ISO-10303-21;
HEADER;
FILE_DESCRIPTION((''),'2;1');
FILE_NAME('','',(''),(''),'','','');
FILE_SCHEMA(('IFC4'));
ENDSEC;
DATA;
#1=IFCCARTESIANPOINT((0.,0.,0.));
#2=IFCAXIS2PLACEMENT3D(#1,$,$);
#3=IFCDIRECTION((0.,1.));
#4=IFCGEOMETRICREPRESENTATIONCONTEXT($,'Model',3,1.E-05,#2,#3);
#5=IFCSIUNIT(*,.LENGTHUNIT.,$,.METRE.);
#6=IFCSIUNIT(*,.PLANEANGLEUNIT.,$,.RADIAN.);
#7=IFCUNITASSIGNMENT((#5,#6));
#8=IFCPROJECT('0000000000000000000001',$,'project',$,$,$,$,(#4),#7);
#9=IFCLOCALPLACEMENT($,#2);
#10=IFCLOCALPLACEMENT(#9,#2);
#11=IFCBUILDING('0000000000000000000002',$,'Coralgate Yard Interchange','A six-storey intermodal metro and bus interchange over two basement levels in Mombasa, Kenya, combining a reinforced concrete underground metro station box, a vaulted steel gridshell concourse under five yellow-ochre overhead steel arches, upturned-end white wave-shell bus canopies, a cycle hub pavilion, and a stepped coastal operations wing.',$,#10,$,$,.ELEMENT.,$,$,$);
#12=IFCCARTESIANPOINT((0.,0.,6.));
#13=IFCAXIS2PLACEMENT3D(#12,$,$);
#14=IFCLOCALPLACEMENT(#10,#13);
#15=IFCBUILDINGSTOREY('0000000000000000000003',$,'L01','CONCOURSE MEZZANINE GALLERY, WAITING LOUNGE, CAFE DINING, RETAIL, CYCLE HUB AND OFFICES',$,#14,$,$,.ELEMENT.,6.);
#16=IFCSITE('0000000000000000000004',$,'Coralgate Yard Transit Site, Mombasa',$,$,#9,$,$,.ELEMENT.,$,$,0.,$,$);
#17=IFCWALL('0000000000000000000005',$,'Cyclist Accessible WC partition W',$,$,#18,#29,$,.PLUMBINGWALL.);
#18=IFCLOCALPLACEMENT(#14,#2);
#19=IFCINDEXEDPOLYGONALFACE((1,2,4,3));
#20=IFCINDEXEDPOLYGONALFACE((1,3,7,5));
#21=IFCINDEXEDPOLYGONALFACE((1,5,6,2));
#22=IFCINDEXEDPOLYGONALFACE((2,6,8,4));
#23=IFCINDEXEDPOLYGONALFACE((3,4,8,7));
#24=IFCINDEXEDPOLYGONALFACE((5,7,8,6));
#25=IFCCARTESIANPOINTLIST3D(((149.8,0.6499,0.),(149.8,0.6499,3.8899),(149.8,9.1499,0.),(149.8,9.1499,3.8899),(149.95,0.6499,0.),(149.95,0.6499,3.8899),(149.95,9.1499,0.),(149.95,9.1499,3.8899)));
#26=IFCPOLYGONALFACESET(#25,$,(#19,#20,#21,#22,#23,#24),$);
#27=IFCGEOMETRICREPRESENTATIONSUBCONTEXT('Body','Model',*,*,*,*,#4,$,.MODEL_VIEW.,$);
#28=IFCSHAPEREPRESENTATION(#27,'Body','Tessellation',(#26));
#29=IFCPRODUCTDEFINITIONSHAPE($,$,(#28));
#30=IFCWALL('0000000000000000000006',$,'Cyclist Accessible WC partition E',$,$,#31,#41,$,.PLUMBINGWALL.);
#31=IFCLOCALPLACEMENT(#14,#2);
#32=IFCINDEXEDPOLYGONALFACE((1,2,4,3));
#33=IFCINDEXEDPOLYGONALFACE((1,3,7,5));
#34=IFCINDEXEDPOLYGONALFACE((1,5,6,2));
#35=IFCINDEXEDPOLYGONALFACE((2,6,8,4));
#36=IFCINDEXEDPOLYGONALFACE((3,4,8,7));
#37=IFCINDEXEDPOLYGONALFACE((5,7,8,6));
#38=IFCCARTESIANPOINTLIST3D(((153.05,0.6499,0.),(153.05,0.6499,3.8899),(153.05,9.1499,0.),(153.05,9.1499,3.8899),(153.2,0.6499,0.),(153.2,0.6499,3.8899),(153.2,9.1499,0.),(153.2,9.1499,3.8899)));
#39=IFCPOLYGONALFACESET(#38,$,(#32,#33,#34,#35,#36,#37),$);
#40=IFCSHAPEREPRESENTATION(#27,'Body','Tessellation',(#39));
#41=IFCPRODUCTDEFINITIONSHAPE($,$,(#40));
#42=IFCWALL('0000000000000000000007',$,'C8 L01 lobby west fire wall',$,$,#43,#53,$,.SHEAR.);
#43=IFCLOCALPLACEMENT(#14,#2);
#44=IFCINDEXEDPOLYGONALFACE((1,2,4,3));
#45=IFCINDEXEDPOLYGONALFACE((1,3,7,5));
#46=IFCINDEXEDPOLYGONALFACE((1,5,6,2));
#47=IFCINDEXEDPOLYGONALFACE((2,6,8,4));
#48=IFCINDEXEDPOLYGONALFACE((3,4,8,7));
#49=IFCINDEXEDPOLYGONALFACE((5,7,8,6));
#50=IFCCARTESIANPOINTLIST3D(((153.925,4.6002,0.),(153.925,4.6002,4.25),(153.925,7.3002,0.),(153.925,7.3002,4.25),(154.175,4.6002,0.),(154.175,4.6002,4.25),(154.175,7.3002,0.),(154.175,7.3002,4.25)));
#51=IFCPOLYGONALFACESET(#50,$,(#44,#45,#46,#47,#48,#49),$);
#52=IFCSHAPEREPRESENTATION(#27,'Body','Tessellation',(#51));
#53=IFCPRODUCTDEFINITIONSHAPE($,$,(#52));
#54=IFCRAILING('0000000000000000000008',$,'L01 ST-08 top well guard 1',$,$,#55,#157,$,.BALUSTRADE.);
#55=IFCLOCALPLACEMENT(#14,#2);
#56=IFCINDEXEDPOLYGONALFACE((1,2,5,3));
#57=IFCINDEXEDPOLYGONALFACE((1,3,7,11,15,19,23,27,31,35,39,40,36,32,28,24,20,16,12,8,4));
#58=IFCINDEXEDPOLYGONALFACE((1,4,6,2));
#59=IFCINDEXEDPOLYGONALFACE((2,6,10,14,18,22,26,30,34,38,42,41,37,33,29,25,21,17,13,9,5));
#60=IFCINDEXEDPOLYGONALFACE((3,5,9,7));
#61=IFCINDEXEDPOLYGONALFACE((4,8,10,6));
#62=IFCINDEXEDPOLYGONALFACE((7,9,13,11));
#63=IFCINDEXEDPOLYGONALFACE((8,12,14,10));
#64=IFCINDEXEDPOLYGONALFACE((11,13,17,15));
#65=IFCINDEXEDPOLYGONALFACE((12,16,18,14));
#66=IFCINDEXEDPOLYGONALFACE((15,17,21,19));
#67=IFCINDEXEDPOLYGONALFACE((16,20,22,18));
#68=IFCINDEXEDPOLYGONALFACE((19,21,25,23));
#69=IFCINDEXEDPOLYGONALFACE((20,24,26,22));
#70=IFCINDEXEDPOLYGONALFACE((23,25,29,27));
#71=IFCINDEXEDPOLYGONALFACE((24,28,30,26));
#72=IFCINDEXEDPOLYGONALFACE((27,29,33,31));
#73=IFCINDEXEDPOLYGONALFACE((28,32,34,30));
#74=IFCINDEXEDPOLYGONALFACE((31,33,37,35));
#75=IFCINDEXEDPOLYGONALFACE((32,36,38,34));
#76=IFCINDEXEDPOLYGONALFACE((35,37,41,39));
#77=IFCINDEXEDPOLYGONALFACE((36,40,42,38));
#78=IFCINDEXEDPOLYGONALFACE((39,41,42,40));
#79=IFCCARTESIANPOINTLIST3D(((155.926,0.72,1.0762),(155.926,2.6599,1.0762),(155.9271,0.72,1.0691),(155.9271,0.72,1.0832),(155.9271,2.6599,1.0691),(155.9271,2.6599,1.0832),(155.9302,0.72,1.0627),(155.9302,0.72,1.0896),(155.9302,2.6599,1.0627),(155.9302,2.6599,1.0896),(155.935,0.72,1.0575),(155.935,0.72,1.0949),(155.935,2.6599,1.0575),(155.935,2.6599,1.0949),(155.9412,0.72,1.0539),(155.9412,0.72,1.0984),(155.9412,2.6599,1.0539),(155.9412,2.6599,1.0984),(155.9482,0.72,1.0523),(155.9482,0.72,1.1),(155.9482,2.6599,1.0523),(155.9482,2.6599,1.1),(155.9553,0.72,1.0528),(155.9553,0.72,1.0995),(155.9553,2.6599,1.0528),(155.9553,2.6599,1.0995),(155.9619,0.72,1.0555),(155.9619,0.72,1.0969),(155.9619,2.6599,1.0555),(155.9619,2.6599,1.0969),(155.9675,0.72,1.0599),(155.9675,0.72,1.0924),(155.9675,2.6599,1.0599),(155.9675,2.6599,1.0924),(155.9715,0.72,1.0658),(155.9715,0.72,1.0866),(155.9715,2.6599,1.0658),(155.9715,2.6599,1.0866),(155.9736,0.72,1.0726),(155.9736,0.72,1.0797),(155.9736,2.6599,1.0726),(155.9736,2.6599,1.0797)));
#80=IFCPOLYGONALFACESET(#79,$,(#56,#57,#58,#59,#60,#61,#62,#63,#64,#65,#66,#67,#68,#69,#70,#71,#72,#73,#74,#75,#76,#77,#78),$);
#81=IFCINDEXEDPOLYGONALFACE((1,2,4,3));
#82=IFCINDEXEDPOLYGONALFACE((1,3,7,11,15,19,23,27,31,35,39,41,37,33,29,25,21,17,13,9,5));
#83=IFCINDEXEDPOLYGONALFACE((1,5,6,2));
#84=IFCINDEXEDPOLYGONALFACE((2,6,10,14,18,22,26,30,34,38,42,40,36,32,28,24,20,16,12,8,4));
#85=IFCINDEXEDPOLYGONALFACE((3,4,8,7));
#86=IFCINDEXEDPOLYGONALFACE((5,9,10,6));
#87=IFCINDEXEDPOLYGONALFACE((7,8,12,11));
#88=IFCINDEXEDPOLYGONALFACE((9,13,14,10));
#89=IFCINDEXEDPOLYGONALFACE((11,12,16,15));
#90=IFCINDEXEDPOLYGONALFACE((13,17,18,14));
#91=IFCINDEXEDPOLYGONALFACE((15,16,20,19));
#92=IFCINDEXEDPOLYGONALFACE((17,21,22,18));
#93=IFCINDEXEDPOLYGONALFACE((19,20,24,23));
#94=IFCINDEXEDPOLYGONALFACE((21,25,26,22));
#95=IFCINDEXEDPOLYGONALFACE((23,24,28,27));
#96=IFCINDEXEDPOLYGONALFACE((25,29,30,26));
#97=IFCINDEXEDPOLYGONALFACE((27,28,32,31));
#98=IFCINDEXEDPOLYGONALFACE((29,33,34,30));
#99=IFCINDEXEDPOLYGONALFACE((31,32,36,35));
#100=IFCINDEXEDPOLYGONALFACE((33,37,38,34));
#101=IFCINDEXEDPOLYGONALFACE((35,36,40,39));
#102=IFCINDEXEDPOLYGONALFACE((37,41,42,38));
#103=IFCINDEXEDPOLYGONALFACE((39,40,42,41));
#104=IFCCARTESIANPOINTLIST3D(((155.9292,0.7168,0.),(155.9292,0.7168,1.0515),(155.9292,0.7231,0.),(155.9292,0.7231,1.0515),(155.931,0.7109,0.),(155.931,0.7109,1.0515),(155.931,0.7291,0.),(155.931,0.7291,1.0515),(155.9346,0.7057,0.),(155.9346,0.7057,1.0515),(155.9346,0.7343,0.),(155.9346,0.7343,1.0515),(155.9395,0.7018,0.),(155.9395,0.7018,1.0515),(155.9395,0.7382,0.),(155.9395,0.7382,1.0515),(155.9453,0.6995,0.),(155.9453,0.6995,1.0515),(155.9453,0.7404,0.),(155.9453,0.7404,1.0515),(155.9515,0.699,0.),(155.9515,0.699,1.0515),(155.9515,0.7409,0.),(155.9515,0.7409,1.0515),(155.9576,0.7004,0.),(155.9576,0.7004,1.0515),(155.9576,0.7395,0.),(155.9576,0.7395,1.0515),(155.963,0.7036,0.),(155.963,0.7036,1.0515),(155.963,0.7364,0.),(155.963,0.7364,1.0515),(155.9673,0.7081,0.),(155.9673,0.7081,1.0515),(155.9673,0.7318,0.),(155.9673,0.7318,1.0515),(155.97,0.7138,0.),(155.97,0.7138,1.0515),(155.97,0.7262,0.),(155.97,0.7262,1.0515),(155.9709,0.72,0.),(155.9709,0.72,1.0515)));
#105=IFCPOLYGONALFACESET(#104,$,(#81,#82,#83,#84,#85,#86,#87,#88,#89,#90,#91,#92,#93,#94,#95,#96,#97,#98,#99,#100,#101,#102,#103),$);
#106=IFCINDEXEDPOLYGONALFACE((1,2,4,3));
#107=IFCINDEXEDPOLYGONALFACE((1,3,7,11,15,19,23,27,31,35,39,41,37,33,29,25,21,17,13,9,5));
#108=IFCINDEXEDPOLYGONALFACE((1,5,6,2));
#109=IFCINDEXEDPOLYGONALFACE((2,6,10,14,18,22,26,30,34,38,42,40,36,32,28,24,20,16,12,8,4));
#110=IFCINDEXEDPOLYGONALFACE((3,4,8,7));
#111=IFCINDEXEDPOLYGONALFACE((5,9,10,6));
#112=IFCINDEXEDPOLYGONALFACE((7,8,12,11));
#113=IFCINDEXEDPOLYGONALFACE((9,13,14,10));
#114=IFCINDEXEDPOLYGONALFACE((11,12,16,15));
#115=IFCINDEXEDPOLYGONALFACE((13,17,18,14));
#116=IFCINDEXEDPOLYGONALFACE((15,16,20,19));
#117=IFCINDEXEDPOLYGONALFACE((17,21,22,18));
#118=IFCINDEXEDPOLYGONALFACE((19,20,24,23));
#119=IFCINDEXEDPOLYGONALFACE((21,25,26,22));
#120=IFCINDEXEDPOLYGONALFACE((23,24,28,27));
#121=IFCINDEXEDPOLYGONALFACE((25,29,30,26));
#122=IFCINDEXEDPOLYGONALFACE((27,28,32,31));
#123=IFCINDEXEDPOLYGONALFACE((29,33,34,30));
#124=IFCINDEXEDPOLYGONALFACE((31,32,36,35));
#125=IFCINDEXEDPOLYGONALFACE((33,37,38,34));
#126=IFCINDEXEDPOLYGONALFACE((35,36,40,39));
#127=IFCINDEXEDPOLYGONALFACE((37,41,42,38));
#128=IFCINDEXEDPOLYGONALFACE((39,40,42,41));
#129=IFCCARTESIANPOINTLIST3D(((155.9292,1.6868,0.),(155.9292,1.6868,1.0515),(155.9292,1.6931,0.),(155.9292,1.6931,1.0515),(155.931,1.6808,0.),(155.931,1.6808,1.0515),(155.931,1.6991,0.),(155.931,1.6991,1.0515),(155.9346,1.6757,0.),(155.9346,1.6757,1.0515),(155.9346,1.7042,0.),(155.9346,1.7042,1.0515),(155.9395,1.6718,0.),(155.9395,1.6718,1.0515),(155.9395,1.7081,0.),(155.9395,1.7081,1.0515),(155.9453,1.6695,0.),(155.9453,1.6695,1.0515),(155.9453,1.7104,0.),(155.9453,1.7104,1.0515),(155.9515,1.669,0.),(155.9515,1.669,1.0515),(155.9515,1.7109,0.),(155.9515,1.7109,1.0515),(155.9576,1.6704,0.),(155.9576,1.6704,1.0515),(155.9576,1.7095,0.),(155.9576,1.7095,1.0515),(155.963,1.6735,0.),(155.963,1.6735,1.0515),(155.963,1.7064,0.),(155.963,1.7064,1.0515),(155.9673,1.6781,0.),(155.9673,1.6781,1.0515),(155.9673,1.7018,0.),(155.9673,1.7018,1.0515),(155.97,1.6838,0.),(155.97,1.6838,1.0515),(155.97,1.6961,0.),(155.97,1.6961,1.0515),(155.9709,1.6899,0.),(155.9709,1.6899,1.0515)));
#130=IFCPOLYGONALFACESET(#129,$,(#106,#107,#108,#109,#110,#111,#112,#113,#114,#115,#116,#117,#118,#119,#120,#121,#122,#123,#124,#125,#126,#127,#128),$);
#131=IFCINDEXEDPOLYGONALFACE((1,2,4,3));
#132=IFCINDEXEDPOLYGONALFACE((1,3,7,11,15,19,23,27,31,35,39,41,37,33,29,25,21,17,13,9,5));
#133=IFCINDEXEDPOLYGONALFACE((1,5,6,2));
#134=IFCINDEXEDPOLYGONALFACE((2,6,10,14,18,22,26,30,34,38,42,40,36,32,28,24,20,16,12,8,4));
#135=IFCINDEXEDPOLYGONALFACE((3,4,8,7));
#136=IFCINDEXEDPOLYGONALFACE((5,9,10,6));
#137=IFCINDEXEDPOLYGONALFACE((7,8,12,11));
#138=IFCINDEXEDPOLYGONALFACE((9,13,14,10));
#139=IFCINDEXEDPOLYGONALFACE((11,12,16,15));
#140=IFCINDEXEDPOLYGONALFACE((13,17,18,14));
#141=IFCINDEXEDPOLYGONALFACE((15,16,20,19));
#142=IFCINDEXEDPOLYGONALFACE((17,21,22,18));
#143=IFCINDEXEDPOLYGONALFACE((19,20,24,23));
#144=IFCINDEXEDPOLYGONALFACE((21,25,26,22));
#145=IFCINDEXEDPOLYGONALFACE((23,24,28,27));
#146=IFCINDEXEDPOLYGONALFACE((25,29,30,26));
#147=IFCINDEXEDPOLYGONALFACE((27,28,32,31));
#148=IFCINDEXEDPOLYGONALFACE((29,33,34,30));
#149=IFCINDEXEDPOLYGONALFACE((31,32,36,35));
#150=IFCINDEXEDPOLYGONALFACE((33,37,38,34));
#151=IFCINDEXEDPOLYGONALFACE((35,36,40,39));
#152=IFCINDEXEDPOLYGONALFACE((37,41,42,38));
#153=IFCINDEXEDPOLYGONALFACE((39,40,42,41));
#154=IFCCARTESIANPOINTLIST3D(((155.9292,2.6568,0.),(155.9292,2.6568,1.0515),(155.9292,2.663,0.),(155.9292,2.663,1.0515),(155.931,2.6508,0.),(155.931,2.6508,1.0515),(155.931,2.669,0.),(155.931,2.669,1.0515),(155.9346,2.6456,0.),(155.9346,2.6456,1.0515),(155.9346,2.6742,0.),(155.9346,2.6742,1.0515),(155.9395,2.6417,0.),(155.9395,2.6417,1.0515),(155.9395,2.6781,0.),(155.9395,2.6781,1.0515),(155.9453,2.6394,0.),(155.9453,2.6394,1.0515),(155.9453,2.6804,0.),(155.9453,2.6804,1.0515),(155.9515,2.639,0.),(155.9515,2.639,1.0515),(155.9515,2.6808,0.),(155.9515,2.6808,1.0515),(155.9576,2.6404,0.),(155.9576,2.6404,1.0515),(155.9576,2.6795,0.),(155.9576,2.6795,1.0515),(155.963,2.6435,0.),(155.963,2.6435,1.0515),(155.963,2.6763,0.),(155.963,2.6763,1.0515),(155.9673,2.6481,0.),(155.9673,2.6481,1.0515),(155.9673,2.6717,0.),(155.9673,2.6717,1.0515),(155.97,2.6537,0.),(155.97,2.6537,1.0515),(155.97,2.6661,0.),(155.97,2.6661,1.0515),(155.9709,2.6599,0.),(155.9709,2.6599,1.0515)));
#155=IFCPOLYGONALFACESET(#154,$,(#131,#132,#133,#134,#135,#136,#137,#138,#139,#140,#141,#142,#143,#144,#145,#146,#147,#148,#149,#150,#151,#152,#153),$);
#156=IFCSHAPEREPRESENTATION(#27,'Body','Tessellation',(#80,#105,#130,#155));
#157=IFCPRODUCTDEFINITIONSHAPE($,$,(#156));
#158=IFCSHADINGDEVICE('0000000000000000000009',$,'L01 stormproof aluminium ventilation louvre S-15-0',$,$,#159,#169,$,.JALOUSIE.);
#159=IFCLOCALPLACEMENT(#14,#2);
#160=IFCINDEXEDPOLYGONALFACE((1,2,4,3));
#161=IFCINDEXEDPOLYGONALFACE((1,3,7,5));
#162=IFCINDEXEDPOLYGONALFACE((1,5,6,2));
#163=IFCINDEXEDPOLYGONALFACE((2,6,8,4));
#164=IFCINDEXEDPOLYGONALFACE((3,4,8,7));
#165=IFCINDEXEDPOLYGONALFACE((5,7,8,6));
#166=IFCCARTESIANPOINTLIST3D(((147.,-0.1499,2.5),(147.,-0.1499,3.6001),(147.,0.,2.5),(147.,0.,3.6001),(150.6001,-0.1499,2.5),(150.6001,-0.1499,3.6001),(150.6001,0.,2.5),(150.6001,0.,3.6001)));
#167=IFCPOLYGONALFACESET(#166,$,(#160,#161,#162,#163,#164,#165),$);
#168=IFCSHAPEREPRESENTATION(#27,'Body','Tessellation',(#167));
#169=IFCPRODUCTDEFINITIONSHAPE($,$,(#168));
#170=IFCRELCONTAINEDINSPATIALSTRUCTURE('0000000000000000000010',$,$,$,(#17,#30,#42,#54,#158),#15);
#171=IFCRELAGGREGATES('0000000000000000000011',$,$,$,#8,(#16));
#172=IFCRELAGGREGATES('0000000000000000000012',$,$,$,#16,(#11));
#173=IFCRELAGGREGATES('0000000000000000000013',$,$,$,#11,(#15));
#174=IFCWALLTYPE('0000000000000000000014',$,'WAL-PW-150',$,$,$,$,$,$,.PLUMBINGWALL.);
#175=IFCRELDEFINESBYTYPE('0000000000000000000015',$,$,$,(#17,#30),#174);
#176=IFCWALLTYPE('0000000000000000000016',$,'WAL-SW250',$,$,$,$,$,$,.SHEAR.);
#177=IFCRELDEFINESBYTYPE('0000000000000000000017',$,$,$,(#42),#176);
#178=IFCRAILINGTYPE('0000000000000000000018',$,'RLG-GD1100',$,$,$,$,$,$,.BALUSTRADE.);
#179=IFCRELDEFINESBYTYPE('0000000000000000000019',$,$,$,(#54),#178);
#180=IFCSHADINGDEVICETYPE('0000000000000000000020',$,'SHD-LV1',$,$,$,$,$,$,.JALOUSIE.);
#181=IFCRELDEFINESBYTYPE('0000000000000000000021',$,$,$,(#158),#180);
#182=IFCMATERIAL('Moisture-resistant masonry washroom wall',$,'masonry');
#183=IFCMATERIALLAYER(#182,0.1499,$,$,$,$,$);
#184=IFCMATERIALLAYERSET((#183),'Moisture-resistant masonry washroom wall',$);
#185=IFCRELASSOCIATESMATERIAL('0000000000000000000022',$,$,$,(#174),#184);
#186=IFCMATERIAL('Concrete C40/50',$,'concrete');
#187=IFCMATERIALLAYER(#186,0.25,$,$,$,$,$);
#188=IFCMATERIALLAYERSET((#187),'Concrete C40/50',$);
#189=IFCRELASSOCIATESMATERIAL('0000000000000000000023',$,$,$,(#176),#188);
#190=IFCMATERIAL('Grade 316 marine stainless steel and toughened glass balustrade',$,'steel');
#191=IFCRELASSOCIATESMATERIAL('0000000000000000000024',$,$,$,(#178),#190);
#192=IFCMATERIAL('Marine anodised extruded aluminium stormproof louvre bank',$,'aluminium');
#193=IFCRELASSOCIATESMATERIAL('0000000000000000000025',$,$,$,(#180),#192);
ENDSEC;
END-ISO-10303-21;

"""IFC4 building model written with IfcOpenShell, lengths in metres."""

from ifc_helpers import new_model, si_unit, direction, frame, frame_2d, origin, origin_2d, place, context, subcontext, project, spatial, rectangle, circle, extrude, material, layer, layer_set, type_object, element, save


model = new_model("IFC4")

# Units and contexts
model_context = context("Model", 3, precision=1e-05, world=origin(), true_north=direction((0.0, 1.0)))
body_context = subcontext(model_context, "Body", "Model", "MODEL_VIEW")
ifc_project = project(units=[si_unit("LENGTHUNIT", "METRE"), si_unit("PLANEANGLEUNIT", "RADIAN")], contexts=[model_context])

# Site, building, storey
site_placement = place(None, origin())
site = spatial("IfcSite", under=ifc_project, at=site_placement, Name="Coralgate Yard Transit Site, Mombasa", CompositionType="ELEMENT", RefElevation=0.0)
building_placement = place(site_placement, origin())
building = spatial("IfcBuilding", under=site, at=building_placement, Name="Coralgate Yard Interchange", Description="A six-storey intermodal metro and bus interchange over two basement levels in Mombasa, Kenya, combining a reinforced concrete underground metro station box, a vaulted steel gridshell concourse under five yellow-ochre overhead steel arches, upturned-end white wave-shell bus canopies, a cycle hub pavilion, and a stepped coastal operations wing.", CompositionType="ELEMENT")
storey_placement = place(building_placement, frame((0.0, 0.0, 6.0)))
storey = spatial("IfcBuildingStorey", under=building, at=storey_placement, Name="L01", Description="CONCOURSE MEZZANINE GALLERY, WAITING LOUNGE, CAFE DINING, RETAIL, CYCLE HUB AND OFFICES", CompositionType="ELEMENT", Elevation=6.0)

# Shared definitions
ifc_material_1 = material(Name="Concrete C40/50", Category="concrete")

# Shared definitions
ifc_material_2 = material(Name="Moisture-resistant masonry washroom wall", Category="masonry")
ifc_layer_1 = layer(ifc_material_2, 0.1499)
ifc_layer_set_1 = layer_set([ifc_layer_1], Name="Moisture-resistant masonry washroom wall")
wall_type_1 = type_object("IfcWallType", Name="WAL-PW-150", PredefinedType="PLUMBINGWALL", material=ifc_layer_set_1)

# Walls
for number, where, z_axis, x_axis, name in (
    (1, (149.875, 0.6499, 0.0), (0.0, 0.0, 1.0), (0.0, 1.0, 0.0), "Cyclist Accessible WC partition W"),
    (2, (153.125, 9.1499, 0.0), (0.0, 0.0, 1.0), (0.0, -1.0, 0.0), "Cyclist Accessible WC partition E"),
):
    element("IfcWall", number, at=place(storey_placement, frame(where, z_axis=z_axis, x_axis=x_axis)), inside=storey, type_object=wall_type_1, Name=name, PredefinedType="PLUMBINGWALL", context=body_context, shape_type="SweptSolid", body=[
        extrude(rectangle(XDim=8.5, YDim=0.1499, at=frame_2d((4.25, 0.0))), origin(), (0.0, 0.0, 1.0), 3.8899),
    ])
ifc_layer_2 = layer(ifc_material_1, 0.25)
ifc_layer_set_2 = layer_set([ifc_layer_2], Name="Concrete C40/50")
wall_type_2 = type_object("IfcWallType", Name="WAL-SW250", PredefinedType="SHEAR", material=ifc_layer_set_2)
wall_1_placement = place(storey_placement, frame((154.05, 4.6001, 0.0), z_axis=(0.0, 0.0, 1.0), x_axis=(0.0, 1.0, 0.0)))
element("IfcWall", 3, at=wall_1_placement, inside=storey, type_object=wall_type_2, Name="C8 L01 lobby west fire wall", PredefinedType="SHEAR", context=body_context, shape_type="SweptSolid", body=[
    extrude(rectangle(XDim=2.7, YDim=0.25, at=frame_2d((1.3501, 0.0))), origin(), (0.0, 0.0, 1.0), 4.25),
])

# Railing
ifc_material_3 = material(Name="Grade 316 marine stainless steel and toughened glass balustrade", Category="steel")
railing_type = type_object("IfcRailingType", Name="RLG-GD1100", PredefinedType="BALUSTRADE", material=ifc_material_3)
railing_placement = place(storey_placement, frame((155.95, 0.72, 0.0)))
element("IfcRailing", 4, at=railing_placement, inside=storey, type_object=railing_type, Name="L01 ST-08 top well guard 1", PredefinedType="BALUSTRADE", context=body_context, shape_type="SweptSolid", body=[
    extrude(circle(Radius=0.0239, at=origin_2d()), frame((0.0, 0.0, 1.0762), z_axis=(0.0, 1.0, 0.0), x_axis=(-1.0, 0.0, 0.0)), (0.0, 0.0, 1.0), 1.9399),
    extrude(circle(Radius=0.021, at=origin_2d()), origin(), (0.0, 0.0, 1.0), 1.0515),
    extrude(circle(Radius=0.021, at=origin_2d()), frame((0.0, 0.97, 0.0)), (0.0, 0.0, 1.0), 1.0515),
    extrude(circle(Radius=0.021, at=origin_2d()), frame((0.0, 1.9399, 0.0)), (0.0, 0.0, 1.0), 1.0515),
])

# Shading device
ifc_material_4 = material(Name="Marine anodised extruded aluminium stormproof louvre bank", Category="aluminium")
shading_device_type = type_object("IfcShadingDeviceType", Name="SHD-LV1", PredefinedType="JALOUSIE", material=ifc_material_4)
shading_device_placement = place(storey_placement, frame((148.8, -0.075, 2.5), z_axis=(0.0, 0.0, 1.0), x_axis=(-1.0, 0.0, 0.0)))
element("IfcShadingDevice", 5, at=shading_device_placement, inside=storey, type_object=shading_device_type, Name="L01 stormproof aluminium ventilation louvre S-15-0", PredefinedType="JALOUSIE", context=body_context, shape_type="SweptSolid", body=[
    extrude(rectangle(XDim=3.6001, YDim=0.1499, at=origin_2d()), origin(), (0.0, 0.0, 1.0), 1.1001),
])

save(model, "model.ifc")
